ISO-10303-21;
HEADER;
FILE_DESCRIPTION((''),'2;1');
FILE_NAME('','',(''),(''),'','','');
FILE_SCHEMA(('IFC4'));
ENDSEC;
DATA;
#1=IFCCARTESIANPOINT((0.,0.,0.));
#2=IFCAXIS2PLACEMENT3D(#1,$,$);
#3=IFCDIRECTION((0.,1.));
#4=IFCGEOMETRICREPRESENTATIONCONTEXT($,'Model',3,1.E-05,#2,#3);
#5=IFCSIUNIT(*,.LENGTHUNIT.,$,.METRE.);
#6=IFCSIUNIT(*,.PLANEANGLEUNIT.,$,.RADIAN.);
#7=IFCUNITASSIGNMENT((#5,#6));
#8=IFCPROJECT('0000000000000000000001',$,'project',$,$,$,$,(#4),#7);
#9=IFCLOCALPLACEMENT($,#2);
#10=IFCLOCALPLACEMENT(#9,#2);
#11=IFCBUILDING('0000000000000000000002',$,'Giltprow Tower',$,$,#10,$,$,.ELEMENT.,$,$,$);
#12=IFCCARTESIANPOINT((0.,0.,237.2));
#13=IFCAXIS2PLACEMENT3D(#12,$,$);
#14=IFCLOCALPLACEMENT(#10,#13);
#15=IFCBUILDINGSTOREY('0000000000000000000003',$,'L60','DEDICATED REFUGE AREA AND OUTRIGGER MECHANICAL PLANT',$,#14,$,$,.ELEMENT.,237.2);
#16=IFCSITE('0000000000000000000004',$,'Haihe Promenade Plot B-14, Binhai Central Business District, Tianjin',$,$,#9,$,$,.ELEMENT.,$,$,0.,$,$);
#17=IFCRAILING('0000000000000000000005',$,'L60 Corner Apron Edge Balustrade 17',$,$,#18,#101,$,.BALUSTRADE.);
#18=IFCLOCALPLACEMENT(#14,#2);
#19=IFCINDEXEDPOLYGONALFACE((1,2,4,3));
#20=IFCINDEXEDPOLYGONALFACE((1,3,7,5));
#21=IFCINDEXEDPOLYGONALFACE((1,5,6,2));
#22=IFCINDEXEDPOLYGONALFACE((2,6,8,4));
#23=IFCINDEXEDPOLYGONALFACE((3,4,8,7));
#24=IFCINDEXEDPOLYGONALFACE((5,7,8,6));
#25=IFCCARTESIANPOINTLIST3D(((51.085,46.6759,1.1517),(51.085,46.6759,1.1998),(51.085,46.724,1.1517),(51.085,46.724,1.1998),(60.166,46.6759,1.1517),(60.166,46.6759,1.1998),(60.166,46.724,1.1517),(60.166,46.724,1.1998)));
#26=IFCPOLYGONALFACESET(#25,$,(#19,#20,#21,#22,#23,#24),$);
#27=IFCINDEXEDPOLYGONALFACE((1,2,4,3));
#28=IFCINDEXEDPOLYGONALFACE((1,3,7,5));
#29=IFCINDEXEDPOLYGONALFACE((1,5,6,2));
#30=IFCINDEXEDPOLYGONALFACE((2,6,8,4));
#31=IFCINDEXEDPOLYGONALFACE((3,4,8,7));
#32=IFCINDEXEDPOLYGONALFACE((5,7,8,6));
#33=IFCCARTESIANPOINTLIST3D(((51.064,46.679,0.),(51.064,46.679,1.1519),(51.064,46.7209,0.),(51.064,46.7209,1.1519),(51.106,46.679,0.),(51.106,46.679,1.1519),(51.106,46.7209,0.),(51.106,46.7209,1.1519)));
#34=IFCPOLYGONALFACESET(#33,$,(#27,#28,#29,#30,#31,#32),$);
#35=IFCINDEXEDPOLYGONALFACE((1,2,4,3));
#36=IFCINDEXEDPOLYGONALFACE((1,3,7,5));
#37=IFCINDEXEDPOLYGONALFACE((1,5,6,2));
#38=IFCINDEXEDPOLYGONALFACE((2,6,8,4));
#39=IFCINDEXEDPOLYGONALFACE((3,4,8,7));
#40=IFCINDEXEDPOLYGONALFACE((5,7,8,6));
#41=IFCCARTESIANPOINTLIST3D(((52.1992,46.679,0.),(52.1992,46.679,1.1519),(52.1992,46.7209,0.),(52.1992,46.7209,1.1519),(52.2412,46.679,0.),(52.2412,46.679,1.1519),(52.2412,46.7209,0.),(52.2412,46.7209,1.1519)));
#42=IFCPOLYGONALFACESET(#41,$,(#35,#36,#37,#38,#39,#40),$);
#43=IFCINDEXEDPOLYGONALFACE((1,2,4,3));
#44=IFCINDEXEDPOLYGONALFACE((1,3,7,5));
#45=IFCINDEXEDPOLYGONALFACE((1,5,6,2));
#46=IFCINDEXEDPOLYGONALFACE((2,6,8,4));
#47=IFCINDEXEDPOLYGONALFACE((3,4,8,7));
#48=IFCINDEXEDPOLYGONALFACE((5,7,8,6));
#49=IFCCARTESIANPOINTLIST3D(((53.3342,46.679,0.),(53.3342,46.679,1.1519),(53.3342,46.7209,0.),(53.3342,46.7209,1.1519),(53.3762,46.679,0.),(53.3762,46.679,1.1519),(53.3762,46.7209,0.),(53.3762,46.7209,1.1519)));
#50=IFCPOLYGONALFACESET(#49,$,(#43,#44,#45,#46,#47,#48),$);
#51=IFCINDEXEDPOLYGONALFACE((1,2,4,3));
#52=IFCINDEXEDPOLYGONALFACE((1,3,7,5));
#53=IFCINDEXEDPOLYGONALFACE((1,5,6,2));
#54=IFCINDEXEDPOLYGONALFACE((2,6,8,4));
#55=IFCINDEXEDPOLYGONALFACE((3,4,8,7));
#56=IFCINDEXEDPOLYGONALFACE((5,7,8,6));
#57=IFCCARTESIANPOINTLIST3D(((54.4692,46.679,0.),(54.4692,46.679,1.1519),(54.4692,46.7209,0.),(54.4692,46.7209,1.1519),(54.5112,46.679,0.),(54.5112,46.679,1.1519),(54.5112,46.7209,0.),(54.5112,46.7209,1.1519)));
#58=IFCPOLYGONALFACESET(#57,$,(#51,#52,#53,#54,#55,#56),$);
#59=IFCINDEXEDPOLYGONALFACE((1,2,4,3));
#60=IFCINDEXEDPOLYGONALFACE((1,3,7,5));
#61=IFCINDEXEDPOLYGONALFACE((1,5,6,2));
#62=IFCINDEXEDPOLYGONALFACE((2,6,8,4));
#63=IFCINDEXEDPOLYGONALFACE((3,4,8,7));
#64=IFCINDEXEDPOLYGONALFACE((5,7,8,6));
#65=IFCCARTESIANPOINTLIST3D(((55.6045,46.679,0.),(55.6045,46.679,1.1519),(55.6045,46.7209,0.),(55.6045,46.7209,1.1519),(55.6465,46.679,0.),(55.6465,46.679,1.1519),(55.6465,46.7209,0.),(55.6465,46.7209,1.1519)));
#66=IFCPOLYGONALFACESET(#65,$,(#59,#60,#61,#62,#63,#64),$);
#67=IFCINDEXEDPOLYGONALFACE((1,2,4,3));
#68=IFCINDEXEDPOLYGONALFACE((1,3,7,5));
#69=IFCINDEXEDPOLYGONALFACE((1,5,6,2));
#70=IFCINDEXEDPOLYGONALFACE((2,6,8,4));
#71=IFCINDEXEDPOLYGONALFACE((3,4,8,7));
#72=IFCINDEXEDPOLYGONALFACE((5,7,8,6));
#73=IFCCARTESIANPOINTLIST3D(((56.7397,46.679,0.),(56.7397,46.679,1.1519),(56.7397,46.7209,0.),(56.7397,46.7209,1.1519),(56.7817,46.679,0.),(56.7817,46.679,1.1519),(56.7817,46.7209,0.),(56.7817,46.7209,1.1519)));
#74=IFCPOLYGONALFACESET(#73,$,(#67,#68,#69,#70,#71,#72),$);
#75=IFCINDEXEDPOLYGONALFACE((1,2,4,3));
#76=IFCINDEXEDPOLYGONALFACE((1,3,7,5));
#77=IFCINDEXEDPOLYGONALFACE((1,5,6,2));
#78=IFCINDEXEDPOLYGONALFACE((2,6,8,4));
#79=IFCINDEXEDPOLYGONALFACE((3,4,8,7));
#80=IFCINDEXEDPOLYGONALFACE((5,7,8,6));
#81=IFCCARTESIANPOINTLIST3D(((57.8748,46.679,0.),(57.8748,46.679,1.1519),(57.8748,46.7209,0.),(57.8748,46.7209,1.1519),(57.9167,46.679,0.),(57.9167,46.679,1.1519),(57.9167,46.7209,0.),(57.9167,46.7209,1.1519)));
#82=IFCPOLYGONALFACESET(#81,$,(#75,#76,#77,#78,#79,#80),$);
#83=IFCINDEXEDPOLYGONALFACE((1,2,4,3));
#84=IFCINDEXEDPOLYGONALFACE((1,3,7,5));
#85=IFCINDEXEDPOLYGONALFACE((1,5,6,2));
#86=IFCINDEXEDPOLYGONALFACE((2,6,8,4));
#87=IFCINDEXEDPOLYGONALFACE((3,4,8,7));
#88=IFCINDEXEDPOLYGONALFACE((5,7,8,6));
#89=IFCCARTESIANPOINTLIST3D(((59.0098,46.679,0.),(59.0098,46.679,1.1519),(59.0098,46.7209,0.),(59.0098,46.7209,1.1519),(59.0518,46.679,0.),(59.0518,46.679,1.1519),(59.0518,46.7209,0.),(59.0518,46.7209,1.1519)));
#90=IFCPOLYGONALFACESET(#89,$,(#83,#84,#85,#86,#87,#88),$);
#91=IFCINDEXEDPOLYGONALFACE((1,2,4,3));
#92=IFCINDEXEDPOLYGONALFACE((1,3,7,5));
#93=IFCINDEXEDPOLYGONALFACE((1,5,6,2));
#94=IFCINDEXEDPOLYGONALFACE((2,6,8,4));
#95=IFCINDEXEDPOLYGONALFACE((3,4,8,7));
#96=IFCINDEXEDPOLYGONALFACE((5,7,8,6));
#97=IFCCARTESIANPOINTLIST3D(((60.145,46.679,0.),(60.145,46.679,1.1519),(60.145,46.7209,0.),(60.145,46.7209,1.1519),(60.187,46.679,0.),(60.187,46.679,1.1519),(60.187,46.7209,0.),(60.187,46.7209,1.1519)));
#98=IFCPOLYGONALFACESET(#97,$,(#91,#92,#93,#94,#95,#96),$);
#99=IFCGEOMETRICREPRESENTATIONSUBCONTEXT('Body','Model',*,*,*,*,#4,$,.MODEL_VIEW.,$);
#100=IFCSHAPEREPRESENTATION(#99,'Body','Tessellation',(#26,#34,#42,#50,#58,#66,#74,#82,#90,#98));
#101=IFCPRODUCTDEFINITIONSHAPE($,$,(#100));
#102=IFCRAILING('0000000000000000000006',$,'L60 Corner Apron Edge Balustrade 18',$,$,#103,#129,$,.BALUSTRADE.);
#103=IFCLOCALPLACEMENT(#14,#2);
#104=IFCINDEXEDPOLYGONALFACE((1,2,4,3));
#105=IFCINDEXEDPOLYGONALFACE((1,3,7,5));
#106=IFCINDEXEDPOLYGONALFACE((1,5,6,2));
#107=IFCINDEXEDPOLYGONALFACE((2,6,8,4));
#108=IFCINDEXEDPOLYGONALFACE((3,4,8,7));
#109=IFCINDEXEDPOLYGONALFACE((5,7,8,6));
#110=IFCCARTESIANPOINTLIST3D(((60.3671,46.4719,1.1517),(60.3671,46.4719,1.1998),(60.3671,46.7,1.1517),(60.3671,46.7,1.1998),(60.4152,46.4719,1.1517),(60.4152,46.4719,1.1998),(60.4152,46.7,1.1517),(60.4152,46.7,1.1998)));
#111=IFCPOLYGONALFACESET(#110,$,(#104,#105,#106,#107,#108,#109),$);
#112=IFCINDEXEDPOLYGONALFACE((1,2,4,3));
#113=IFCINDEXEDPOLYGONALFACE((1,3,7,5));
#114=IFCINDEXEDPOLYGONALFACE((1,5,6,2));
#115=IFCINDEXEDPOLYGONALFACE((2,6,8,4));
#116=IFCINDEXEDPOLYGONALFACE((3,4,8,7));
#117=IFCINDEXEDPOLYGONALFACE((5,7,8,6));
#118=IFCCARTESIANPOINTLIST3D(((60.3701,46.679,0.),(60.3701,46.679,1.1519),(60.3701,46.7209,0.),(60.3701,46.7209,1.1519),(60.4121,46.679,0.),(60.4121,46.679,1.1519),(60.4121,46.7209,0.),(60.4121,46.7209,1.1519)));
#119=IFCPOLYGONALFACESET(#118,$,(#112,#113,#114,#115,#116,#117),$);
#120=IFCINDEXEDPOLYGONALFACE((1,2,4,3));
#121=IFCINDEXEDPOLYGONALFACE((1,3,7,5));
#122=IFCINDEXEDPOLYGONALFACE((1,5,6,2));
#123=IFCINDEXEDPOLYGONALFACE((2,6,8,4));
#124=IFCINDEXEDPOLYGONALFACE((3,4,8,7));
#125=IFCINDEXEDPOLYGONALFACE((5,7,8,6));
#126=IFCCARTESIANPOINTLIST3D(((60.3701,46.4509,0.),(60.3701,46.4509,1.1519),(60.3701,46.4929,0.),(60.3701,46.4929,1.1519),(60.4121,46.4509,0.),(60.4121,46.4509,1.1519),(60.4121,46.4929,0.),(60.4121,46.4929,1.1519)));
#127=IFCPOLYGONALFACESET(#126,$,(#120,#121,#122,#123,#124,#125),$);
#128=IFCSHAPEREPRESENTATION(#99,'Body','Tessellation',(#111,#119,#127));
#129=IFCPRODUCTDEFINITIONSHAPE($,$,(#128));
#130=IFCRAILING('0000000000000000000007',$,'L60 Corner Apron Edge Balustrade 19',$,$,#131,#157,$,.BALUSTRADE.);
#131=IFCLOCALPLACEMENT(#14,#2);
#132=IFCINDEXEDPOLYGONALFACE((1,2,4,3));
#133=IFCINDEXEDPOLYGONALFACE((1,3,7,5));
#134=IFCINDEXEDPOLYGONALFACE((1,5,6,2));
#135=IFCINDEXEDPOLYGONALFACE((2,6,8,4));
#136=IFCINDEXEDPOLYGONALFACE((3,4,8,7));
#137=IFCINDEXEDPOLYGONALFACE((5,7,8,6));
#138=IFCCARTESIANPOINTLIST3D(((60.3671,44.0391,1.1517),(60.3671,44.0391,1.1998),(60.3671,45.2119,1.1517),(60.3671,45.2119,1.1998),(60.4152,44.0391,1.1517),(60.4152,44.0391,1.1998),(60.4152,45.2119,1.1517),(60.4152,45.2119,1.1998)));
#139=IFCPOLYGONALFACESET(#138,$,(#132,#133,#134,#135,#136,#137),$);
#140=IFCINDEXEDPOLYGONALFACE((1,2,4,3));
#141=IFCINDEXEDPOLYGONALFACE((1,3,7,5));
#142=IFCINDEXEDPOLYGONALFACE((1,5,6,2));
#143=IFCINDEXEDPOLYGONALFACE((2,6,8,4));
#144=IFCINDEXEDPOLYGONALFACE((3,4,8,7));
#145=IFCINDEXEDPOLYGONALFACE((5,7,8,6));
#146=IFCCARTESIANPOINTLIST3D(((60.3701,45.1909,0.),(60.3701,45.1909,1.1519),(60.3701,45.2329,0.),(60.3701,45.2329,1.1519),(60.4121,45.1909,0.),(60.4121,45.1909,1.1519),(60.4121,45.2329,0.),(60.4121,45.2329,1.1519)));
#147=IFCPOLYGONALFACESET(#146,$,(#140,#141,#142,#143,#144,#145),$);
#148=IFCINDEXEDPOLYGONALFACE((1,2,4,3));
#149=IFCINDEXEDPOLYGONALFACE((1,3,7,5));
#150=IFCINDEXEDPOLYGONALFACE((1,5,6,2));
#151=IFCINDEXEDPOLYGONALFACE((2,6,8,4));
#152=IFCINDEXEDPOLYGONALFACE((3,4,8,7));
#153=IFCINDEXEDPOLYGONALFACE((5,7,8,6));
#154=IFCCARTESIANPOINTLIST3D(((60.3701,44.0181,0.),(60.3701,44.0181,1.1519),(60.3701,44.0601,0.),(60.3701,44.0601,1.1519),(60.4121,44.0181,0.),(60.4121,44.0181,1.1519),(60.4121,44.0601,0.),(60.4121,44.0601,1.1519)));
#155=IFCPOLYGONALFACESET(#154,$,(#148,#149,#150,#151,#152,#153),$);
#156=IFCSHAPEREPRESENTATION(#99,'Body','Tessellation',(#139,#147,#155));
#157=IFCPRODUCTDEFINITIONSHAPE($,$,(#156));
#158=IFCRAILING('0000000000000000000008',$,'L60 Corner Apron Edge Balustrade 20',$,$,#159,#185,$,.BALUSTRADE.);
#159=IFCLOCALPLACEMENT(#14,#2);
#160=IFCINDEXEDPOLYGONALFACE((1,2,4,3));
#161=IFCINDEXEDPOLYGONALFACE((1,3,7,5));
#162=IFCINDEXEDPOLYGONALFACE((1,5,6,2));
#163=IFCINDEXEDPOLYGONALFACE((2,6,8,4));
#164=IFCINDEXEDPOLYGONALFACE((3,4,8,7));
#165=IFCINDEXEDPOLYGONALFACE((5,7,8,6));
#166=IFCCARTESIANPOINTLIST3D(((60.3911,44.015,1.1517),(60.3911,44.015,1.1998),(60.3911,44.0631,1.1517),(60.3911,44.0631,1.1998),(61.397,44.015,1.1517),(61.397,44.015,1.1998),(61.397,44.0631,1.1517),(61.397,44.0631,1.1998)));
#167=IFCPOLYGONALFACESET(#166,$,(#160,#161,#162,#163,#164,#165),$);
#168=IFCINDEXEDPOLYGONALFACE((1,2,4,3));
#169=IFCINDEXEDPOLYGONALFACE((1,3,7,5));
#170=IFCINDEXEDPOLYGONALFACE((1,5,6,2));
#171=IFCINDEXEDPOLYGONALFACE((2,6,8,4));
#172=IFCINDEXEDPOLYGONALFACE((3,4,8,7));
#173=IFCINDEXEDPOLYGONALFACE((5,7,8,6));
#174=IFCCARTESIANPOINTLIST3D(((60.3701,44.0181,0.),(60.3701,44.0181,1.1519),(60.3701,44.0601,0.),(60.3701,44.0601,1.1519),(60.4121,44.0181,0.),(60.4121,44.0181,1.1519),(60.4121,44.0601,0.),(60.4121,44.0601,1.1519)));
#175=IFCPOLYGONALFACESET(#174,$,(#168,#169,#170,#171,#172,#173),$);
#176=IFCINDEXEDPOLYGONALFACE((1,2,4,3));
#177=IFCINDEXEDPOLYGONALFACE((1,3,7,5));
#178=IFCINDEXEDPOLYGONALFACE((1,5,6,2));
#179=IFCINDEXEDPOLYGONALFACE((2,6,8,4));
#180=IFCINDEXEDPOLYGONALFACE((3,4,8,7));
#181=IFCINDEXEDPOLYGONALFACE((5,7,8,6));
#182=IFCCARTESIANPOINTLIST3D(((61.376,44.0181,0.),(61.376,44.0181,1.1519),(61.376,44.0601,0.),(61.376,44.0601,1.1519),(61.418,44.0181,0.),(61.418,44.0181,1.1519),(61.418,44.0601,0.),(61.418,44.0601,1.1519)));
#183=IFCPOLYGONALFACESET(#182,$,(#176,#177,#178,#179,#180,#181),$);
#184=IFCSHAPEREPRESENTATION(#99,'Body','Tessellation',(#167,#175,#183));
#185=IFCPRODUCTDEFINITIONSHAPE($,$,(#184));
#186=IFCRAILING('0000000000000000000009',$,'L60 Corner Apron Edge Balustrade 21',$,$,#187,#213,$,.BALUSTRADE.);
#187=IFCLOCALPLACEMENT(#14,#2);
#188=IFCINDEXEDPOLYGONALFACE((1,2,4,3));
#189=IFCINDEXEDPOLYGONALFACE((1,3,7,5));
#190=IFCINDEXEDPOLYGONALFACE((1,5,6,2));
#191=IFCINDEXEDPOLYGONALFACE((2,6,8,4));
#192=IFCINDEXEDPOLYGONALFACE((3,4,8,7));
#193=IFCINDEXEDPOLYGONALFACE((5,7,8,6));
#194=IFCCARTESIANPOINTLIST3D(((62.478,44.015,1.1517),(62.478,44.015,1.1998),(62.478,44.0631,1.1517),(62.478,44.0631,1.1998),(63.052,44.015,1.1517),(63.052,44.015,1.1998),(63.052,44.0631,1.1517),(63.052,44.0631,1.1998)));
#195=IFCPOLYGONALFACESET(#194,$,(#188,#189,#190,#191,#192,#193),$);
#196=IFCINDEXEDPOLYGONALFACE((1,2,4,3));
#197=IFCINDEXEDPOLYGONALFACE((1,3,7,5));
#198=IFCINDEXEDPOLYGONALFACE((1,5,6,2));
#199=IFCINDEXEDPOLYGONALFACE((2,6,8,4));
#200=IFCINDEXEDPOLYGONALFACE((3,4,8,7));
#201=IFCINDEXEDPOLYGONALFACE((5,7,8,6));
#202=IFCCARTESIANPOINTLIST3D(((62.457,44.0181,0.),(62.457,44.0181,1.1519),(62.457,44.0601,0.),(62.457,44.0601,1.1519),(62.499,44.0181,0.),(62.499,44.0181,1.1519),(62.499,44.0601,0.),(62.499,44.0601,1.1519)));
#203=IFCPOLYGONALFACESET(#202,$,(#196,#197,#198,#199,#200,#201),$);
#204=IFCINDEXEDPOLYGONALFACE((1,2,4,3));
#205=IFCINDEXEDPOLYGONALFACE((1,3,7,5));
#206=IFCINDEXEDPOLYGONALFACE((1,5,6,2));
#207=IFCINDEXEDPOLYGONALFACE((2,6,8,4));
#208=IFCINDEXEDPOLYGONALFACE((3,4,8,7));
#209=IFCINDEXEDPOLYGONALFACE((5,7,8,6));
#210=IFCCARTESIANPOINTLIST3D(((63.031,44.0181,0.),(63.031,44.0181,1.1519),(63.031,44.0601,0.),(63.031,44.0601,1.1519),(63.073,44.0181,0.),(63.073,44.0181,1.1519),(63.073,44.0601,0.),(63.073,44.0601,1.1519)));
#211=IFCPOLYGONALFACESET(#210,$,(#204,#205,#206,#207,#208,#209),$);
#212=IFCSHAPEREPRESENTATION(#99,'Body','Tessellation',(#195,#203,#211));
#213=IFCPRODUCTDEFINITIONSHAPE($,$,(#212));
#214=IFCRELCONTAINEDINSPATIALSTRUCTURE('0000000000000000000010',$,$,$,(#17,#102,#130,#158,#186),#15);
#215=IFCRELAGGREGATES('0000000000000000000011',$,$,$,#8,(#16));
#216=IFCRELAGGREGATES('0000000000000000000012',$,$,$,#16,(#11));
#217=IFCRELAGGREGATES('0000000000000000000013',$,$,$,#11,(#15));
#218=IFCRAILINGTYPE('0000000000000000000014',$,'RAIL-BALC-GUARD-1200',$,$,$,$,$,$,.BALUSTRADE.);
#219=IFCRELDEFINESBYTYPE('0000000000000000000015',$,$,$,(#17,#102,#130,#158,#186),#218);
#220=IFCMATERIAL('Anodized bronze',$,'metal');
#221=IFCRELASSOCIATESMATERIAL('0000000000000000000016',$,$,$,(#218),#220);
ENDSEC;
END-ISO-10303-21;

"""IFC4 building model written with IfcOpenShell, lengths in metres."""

from ifc_helpers import new_model, si_unit, direction, frame, origin, origin_2d, place, context, subcontext, project, spatial, rectangle, extrude, material, type_object, element, save


model = new_model("IFC4")

# Units and contexts
model_context = context("Model", 3, precision=1e-05, world=origin(), true_north=direction((0.0, 1.0)))
body_context = subcontext(model_context, "Body", "Model", "MODEL_VIEW")
ifc_project = project(units=[si_unit("LENGTHUNIT", "METRE"), si_unit("PLANEANGLEUNIT", "RADIAN")], contexts=[model_context])

# Site, building, storey
site_placement = place(None, origin())
site = spatial("IfcSite", under=ifc_project, at=site_placement, Name="Haihe Promenade Plot B-14, Binhai Central Business District, Tianjin", CompositionType="ELEMENT", RefElevation=0.0)
building_placement = place(site_placement, origin())
building = spatial("IfcBuilding", under=site, at=building_placement, Name="Giltprow Tower", CompositionType="ELEMENT")
storey_placement = place(building_placement, frame((0.0, 0.0, 237.2)))
storey = spatial("IfcBuildingStorey", under=building, at=storey_placement, Name="L60", Description="DEDICATED REFUGE AREA AND OUTRIGGER MECHANICAL PLANT", CompositionType="ELEMENT", Elevation=237.2)

# Railings
ifc_material_1 = material(Name="Anodized bronze", Category="metal")
railing_type_1 = type_object("IfcRailingType", Name="RAIL-BALC-GUARD-1200", PredefinedType="BALUSTRADE", material=ifc_material_1)
railing_1_placement = place(storey_placement, frame((51.085, 46.7, 0.0)))
element("IfcRailing", 1, at=railing_1_placement, inside=storey, type_object=railing_type_1, Name="L60 Corner Apron Edge Balustrade 17", PredefinedType="BALUSTRADE", context=body_context, shape_type="SweptSolid", body=[
    extrude(rectangle(XDim=0.0481, YDim=0.0481, at=origin_2d()), frame((0.0, 0.0, 1.1758), z_axis=(1.0, 0.0, 0.0), x_axis=(0.0, 1.0, 0.0)), (0.0, 0.0, 1.0), 9.0811),
    extrude(rectangle(XDim=0.042, YDim=0.042, at=origin_2d()), origin(), (0.0, 0.0, 1.0), 1.1519),
    extrude(rectangle(XDim=0.042, YDim=0.042, at=origin_2d()), frame((1.1353, 0.0, 0.0)), (0.0, 0.0, 1.0), 1.1519),
    extrude(rectangle(XDim=0.042, YDim=0.042, at=origin_2d()), frame((2.2703, 0.0, 0.0)), (0.0, 0.0, 1.0), 1.1519),
    extrude(rectangle(XDim=0.042, YDim=0.042, at=origin_2d()), frame((3.4053, 0.0, 0.0)), (0.0, 0.0, 1.0), 1.1519),
    extrude(rectangle(XDim=0.042, YDim=0.042, at=origin_2d()), frame((4.5405, 0.0, 0.0)), (0.0, 0.0, 1.0), 1.1519),
    extrude(rectangle(XDim=0.042, YDim=0.042, at=origin_2d()), frame((5.6758, 0.0, 0.0)), (0.0, 0.0, 1.0), 1.1519),
    extrude(rectangle(XDim=0.042, YDim=0.042, at=origin_2d()), frame((6.8108, 0.0, 0.0)), (0.0, 0.0, 1.0), 1.1519),
    extrude(rectangle(XDim=0.042, YDim=0.042, at=origin_2d()), frame((7.9458, 0.0, 0.0)), (0.0, 0.0, 1.0), 1.1519),
    extrude(rectangle(XDim=0.042, YDim=0.042, at=origin_2d()), frame((9.0811, 0.0, 0.0)), (0.0, 0.0, 1.0), 1.1519),
])
railing_2_placement = place(storey_placement, frame((60.3911, 46.7, 0.0)))
element("IfcRailing", 2, at=railing_2_placement, inside=storey, type_object=railing_type_1, Name="L60 Corner Apron Edge Balustrade 18", PredefinedType="BALUSTRADE", context=body_context, shape_type="SweptSolid", body=[
    extrude(rectangle(XDim=0.0481, YDim=0.0481, at=origin_2d()), frame((0.0, 0.0, 1.1758), z_axis=(0.0, -1.0, 0.0), x_axis=(1.0, 0.0, 0.0)), (0.0, 0.0, 1.0), 0.228),
    extrude(rectangle(XDim=0.042, YDim=0.042, at=origin_2d()), origin(), (0.0, 0.0, 1.0), 1.1519),
    extrude(rectangle(XDim=0.042, YDim=0.042, at=origin_2d()), frame((0.0, -0.228, 0.0)), (0.0, 0.0, 1.0), 1.1519),
])
railing_3_placement = place(storey_placement, frame((60.3911, 45.2119, 0.0)))
element("IfcRailing", 3, at=railing_3_placement, inside=storey, type_object=railing_type_1, Name="L60 Corner Apron Edge Balustrade 19", PredefinedType="BALUSTRADE", context=body_context, shape_type="SweptSolid", body=[
    extrude(rectangle(XDim=0.0481, YDim=0.0481, at=origin_2d()), frame((0.0, 0.0, 1.1758), z_axis=(0.0, -1.0, 0.0), x_axis=(1.0, 0.0, 0.0)), (0.0, 0.0, 1.0), 1.1729),
    extrude(rectangle(XDim=0.042, YDim=0.042, at=origin_2d()), origin(), (0.0, 0.0, 1.0), 1.1519),
    extrude(rectangle(XDim=0.042, YDim=0.042, at=origin_2d()), frame((0.0, -1.1729, 0.0)), (0.0, 0.0, 1.0), 1.1519),
])
railing_4_placement = place(storey_placement, frame((60.3911, 44.0391, 0.0)))
element("IfcRailing", 4, at=railing_4_placement, inside=storey, type_object=railing_type_1, Name="L60 Corner Apron Edge Balustrade 20", PredefinedType="BALUSTRADE", context=body_context, shape_type="SweptSolid", body=[
    extrude(rectangle(XDim=0.0481, YDim=0.0481, at=origin_2d()), frame((0.0, 0.0, 1.1758), z_axis=(1.0, 0.0, 0.0), x_axis=(0.0, 1.0, 0.0)), (0.0, 0.0, 1.0), 1.0059),
    extrude(rectangle(XDim=0.042, YDim=0.042, at=origin_2d()), origin(), (0.0, 0.0, 1.0), 1.1519),
    extrude(rectangle(XDim=0.042, YDim=0.042, at=origin_2d()), frame((1.0059, 0.0, 0.0)), (0.0, 0.0, 1.0), 1.1519),
])
railing_5_placement = place(storey_placement, frame((62.478, 44.0391, 0.0)))
element("IfcRailing", 5, at=railing_5_placement, inside=storey, type_object=railing_type_1, Name="L60 Corner Apron Edge Balustrade 21", PredefinedType="BALUSTRADE", context=body_context, shape_type="SweptSolid", body=[
    extrude(rectangle(XDim=0.0481, YDim=0.0481, at=origin_2d()), frame((0.0, 0.0, 1.1758), z_axis=(1.0, 0.0, 0.0), x_axis=(0.0, 1.0, 0.0)), (0.0, 0.0, 1.0), 0.574),
    extrude(rectangle(XDim=0.042, YDim=0.042, at=origin_2d()), origin(), (0.0, 0.0, 1.0), 1.1519),
    extrude(rectangle(XDim=0.042, YDim=0.042, at=origin_2d()), frame((0.574, 0.0, 0.0)), (0.0, 0.0, 1.0), 1.1519),
])

save(model, "model.ifc")
